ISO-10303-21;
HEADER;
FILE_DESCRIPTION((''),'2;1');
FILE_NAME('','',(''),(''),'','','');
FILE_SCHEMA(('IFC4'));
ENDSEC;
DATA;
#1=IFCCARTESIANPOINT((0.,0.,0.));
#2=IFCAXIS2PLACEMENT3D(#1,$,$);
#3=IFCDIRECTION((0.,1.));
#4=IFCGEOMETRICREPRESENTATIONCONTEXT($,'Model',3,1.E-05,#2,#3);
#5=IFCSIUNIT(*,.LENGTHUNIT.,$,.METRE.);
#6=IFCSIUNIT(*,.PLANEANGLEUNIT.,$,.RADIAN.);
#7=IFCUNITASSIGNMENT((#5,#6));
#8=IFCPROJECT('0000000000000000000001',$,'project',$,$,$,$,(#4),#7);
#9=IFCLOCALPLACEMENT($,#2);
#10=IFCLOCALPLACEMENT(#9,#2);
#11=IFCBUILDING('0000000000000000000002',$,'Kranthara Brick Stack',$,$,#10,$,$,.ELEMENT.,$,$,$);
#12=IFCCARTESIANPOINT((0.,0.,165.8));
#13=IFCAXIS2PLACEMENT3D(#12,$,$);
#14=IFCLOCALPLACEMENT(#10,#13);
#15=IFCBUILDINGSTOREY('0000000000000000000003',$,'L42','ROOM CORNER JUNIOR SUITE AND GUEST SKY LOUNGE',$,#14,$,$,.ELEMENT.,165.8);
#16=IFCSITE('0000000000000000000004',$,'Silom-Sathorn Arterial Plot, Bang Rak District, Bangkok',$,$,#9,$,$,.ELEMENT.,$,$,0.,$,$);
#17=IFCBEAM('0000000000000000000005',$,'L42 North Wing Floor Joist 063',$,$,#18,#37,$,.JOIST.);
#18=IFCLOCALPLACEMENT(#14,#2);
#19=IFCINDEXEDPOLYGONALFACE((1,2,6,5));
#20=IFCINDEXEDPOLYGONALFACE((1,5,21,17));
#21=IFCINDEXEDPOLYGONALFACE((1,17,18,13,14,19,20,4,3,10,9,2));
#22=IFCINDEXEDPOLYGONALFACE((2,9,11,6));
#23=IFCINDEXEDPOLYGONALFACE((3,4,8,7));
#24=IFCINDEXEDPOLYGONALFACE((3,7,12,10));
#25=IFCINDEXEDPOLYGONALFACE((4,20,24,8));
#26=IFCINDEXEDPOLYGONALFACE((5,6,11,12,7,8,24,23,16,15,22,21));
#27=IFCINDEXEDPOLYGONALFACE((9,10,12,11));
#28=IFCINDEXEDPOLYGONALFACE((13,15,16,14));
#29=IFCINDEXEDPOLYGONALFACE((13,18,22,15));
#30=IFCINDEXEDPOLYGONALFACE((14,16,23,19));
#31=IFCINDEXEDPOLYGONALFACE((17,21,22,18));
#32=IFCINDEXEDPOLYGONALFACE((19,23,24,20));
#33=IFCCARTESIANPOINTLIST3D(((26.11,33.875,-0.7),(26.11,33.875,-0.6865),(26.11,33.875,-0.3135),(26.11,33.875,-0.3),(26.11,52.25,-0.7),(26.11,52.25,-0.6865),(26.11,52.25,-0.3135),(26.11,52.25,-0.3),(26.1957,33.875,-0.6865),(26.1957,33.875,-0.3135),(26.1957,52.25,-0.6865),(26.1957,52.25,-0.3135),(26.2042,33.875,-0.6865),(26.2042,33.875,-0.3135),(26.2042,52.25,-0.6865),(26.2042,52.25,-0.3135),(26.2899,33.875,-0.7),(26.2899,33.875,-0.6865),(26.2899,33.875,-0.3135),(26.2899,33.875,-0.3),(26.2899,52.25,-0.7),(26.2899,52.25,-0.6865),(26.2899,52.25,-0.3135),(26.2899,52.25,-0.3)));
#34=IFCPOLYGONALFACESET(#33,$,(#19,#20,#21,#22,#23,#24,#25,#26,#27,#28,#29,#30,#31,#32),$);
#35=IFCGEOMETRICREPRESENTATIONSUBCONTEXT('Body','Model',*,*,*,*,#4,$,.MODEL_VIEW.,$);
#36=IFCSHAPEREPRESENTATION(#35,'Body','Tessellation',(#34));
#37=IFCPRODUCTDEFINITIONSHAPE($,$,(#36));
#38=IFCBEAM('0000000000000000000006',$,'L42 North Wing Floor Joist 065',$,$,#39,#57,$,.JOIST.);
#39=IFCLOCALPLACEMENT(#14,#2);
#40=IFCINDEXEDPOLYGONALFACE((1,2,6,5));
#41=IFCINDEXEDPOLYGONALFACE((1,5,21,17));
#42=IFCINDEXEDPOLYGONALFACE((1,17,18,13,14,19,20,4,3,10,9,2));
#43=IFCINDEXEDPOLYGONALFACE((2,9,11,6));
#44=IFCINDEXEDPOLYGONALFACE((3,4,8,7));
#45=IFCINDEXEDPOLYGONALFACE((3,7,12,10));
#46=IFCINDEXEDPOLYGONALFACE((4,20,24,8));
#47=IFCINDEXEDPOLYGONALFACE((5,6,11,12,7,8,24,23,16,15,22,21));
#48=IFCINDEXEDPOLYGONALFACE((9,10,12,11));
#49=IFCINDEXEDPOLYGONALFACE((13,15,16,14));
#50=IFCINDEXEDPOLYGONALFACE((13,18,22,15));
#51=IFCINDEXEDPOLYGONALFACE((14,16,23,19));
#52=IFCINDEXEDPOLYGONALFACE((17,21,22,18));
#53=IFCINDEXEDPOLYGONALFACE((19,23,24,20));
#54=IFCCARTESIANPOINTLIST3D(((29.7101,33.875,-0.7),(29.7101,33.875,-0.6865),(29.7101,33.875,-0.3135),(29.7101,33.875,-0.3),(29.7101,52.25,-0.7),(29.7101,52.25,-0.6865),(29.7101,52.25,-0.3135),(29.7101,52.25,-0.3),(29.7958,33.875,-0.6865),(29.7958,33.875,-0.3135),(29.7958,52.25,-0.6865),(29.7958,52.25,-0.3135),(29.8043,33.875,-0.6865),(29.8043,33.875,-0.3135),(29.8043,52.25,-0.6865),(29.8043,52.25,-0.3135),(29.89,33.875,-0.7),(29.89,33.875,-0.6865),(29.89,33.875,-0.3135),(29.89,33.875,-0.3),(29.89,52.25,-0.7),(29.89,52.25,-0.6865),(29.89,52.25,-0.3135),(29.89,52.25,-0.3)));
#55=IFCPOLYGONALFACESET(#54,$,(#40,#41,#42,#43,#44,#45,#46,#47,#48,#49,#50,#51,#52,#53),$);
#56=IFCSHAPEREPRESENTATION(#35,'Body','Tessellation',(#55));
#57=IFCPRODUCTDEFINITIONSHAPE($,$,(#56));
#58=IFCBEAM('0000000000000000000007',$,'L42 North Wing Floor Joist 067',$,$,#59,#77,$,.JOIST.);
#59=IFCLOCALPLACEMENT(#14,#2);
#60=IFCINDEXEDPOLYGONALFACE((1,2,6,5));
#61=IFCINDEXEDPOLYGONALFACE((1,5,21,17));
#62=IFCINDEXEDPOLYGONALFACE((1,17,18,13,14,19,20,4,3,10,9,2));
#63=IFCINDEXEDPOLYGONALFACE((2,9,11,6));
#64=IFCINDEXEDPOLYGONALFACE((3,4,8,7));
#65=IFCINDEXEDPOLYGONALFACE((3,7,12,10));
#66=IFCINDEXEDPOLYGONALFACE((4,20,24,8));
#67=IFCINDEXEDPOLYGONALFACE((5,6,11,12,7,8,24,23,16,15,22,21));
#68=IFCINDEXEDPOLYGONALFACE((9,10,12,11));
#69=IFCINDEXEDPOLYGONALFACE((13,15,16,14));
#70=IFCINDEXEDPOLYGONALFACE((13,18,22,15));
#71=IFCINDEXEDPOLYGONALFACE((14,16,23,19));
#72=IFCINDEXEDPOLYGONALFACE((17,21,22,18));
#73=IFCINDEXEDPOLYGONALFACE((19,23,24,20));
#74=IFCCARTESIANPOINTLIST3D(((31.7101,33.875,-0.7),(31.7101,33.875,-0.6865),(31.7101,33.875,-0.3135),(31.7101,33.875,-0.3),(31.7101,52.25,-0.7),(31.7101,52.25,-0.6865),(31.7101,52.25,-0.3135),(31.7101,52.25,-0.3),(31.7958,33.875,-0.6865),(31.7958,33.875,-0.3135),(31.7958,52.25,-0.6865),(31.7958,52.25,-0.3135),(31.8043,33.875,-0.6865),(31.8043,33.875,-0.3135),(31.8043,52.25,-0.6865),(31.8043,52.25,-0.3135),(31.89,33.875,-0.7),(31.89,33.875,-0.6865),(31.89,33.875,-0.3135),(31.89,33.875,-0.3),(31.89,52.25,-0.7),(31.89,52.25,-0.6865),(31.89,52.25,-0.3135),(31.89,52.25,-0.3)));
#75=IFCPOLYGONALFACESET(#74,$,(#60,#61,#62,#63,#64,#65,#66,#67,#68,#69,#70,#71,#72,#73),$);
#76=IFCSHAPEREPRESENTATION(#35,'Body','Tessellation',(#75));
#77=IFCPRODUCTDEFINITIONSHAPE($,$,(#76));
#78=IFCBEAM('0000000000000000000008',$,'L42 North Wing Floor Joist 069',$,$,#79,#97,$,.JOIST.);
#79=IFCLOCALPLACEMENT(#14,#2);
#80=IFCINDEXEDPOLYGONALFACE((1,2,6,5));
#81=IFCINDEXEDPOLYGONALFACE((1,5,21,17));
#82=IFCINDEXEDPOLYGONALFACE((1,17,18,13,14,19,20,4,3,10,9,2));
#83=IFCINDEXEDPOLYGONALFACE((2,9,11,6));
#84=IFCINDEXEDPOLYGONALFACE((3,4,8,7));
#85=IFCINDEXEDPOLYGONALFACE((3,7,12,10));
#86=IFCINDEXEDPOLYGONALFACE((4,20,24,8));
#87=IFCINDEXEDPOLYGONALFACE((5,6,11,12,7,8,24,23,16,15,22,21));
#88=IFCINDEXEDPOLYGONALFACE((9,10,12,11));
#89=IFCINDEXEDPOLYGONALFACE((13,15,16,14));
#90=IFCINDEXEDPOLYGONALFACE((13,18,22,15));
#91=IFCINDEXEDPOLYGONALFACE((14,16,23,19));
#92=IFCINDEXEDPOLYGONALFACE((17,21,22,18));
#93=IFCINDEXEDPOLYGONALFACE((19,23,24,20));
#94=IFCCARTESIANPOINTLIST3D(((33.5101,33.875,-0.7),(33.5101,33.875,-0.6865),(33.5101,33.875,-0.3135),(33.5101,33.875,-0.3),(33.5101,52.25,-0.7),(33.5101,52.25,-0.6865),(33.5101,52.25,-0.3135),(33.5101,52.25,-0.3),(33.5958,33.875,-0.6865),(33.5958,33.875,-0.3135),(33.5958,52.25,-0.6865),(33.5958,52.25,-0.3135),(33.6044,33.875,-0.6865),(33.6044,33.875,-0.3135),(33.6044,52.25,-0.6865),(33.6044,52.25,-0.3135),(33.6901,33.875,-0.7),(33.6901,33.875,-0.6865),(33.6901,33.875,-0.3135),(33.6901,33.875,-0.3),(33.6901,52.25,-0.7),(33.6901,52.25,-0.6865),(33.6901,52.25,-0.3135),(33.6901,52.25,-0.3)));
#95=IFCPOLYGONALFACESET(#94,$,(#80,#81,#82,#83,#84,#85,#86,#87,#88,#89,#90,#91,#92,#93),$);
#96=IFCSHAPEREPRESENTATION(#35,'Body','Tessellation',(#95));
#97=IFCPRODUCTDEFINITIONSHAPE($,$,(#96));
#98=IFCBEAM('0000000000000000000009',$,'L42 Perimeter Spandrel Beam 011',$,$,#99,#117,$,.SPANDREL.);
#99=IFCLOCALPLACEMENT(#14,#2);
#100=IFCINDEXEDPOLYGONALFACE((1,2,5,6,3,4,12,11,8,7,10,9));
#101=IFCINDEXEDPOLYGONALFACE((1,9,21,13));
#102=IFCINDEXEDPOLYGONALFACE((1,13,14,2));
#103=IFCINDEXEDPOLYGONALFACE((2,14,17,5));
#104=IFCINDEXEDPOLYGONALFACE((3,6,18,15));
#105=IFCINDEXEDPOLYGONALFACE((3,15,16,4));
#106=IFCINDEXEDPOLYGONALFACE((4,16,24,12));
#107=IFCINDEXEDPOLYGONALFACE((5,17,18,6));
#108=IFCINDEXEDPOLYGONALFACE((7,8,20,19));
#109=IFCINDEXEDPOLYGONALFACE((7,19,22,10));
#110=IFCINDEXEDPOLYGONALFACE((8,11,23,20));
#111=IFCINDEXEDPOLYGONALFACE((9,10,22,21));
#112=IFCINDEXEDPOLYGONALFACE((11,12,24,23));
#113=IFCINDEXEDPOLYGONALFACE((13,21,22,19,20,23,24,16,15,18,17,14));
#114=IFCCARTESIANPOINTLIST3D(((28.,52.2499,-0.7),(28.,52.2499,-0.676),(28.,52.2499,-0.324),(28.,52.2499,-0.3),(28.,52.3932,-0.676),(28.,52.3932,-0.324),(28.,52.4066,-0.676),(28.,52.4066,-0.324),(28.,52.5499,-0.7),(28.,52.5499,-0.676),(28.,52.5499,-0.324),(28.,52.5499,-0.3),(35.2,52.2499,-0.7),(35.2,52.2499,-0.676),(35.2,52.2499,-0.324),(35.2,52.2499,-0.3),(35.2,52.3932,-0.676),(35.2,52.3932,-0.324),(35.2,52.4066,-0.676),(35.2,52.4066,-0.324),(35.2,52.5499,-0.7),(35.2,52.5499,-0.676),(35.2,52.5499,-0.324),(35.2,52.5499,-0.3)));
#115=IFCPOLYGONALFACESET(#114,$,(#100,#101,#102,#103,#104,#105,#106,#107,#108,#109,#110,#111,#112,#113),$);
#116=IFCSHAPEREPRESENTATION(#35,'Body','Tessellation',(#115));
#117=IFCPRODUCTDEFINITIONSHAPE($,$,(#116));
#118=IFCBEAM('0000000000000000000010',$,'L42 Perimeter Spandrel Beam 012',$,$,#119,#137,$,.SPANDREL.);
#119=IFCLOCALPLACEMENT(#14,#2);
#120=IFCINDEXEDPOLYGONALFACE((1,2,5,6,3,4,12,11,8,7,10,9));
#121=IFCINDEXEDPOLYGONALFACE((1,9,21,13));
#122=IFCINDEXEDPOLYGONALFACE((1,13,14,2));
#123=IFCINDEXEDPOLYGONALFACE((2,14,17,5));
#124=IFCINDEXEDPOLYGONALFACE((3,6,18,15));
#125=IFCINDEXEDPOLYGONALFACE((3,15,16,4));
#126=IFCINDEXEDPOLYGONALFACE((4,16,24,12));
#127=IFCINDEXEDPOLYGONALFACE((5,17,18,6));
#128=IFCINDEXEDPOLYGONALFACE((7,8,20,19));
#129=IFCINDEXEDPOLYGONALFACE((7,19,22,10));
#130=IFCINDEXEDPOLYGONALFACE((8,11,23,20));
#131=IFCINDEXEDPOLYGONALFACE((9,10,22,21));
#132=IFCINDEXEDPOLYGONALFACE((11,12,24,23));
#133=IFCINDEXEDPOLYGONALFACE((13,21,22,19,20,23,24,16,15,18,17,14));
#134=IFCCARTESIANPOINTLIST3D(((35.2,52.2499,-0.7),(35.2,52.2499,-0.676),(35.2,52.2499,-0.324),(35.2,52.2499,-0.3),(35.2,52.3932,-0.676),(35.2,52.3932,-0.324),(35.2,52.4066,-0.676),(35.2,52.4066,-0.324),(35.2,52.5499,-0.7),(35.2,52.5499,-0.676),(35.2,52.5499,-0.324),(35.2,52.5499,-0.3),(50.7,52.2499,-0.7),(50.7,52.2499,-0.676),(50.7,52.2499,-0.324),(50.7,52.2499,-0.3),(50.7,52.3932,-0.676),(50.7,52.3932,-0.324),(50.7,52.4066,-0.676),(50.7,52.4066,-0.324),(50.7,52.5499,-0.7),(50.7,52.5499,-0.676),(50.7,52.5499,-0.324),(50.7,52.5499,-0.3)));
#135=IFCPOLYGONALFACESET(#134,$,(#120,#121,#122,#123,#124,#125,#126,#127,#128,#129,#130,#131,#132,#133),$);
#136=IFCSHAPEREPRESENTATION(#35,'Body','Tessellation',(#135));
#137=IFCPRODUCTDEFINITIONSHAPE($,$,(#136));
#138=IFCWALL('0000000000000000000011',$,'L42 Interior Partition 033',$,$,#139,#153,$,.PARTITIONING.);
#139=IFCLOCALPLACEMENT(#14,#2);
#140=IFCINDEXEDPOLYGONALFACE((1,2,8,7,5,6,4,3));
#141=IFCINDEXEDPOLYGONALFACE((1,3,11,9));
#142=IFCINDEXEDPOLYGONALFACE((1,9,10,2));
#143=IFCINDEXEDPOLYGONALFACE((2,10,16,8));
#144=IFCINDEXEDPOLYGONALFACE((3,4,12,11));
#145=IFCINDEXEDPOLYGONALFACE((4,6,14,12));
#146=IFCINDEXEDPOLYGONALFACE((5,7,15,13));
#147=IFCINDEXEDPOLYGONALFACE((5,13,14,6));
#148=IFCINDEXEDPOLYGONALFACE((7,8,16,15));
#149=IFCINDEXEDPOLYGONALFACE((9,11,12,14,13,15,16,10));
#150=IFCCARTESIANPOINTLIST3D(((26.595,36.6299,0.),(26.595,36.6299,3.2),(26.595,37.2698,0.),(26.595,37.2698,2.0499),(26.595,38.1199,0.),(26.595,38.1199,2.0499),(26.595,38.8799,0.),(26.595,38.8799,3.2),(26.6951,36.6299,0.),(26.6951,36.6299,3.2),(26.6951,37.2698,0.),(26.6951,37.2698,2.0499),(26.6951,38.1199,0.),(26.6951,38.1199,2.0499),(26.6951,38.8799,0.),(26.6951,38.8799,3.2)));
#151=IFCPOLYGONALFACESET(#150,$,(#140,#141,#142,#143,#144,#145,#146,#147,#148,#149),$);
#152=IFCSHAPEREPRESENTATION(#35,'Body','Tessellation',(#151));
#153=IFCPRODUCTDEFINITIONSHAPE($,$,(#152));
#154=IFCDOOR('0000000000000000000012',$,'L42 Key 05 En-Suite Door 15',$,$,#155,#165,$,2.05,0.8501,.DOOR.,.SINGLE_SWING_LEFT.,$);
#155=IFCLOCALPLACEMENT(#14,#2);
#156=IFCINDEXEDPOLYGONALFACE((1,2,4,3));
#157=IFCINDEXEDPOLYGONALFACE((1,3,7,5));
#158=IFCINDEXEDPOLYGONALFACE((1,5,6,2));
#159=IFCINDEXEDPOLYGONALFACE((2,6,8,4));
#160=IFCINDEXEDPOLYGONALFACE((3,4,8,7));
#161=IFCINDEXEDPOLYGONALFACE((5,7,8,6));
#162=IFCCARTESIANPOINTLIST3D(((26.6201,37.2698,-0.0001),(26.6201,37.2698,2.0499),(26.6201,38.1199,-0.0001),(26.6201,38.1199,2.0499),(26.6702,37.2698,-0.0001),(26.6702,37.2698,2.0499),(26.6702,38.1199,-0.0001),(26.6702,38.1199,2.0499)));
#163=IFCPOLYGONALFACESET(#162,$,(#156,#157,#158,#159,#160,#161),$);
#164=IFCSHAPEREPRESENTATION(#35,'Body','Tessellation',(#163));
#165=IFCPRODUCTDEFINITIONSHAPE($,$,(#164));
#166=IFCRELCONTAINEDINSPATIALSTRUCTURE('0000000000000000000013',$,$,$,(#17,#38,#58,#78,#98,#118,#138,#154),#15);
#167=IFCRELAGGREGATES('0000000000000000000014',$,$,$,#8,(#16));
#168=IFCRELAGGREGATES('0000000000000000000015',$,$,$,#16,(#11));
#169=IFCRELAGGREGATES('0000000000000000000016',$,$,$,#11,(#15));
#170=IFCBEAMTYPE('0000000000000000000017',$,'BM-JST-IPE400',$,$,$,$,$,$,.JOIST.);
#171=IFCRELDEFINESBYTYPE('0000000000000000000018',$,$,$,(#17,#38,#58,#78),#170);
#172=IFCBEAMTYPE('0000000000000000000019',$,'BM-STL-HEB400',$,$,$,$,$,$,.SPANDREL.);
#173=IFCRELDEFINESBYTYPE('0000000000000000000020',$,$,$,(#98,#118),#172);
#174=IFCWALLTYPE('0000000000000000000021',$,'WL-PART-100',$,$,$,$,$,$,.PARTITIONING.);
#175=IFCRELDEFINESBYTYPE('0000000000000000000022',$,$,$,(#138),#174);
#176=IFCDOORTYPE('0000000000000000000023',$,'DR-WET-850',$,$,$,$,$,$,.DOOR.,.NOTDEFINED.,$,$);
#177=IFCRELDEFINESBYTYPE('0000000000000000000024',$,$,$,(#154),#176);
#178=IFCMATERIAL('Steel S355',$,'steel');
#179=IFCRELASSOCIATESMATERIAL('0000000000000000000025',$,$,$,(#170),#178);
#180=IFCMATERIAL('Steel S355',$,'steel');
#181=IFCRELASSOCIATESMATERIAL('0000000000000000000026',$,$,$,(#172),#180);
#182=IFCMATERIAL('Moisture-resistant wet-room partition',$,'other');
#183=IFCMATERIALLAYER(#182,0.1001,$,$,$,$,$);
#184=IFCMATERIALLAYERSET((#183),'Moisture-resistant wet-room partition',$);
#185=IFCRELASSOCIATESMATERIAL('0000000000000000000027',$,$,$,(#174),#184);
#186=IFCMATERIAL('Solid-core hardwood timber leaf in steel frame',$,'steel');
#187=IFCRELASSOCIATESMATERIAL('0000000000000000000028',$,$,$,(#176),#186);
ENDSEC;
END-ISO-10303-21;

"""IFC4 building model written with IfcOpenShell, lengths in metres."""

from ifc_helpers import new_model, si_unit, direction, frame, frame_2d, origin, origin_2d, place, context, subcontext, project, spatial, rectangle, i_section, extrude, material, layer, layer_set, material_profile, profile_set, type_object, element, fill, save


model = new_model("IFC4")

# Units and contexts
model_context = context("Model", 3, precision=1e-05, world=origin(), true_north=direction((0.0, 1.0)))
body_context = subcontext(model_context, "Body", "Model", "MODEL_VIEW")
ifc_project = project(units=[si_unit("LENGTHUNIT", "METRE"), si_unit("PLANEANGLEUNIT", "RADIAN")], contexts=[model_context])

# Site, building, storey
site_placement = place(None, origin())
site = spatial("IfcSite", under=ifc_project, at=site_placement, Name="Silom-Sathorn Arterial Plot, Bang Rak District, Bangkok", CompositionType="ELEMENT", RefElevation=0.0)
building_placement = place(site_placement, origin())
building = spatial("IfcBuilding", under=site, at=building_placement, Name="Kranthara Brick Stack", CompositionType="ELEMENT")
storey_placement = place(building_placement, frame((0.0, 0.0, 165.8)))
storey = spatial("IfcBuildingStorey", under=building, at=storey_placement, Name="L42", Description="ROOM CORNER JUNIOR SUITE AND GUEST SKY LOUNGE", CompositionType="ELEMENT", Elevation=165.8)

# Beams
ifc_material_1 = material(Name="Steel S355", Category="steel")
ifc_material_profile_1 = material_profile(ifc_material_1, i_section(OverallWidth=0.1799, OverallDepth=0.3999, WebThickness=0.0085, FlangeThickness=0.0134, at=origin_2d()), Name="IPE 400")
ifc_profile_set_1 = profile_set([ifc_material_profile_1], Name="Steel S355")
beam_type_1 = type_object("IfcBeamType", Name="BM-JST-IPE400", PredefinedType="JOIST", material=ifc_profile_set_1)
for number, where, z_axis, x_axis, name in (
    (1, (26.2, 33.875, -0.5), (0.0, 1.0, 0.0), (-1.0, 0.0, 0.0), "L42 North Wing Floor Joist 063"),
    (2, (29.8, 33.875, -0.5), (0.0, 1.0, 0.0), (-1.0, 0.0, 0.0), "L42 North Wing Floor Joist 065"),
    (3, (31.8, 33.875, -0.5), (0.0, 1.0, 0.0), (-1.0, 0.0, 0.0), "L42 North Wing Floor Joist 067"),
    (4, (33.6001, 33.875, -0.5), (0.0, 1.0, 0.0), (-1.0, 0.0, 0.0), "L42 North Wing Floor Joist 069"),
):
    element("IfcBeam", number, at=place(storey_placement, frame(where, z_axis=z_axis, x_axis=x_axis)), inside=storey, type_object=beam_type_1, Name=name, PredefinedType="JOIST", context=body_context, shape_type="SweptSolid", body=[
        extrude(i_section(OverallWidth=0.1799, OverallDepth=0.3999, WebThickness=0.0085, FlangeThickness=0.0134, at=origin_2d()), origin(), (0.0, 0.0, 1.0), 18.375),
    ])
ifc_material_2 = material(Name="Steel S355", Category="steel")
ifc_material_profile_2 = material_profile(ifc_material_2, i_section(OverallWidth=0.3, OverallDepth=0.3999, WebThickness=0.0134, FlangeThickness=0.0239, at=origin_2d()), Name="HEB 400")
ifc_profile_set_2 = profile_set([ifc_material_profile_2], Name="Steel S355")
beam_type_2 = type_object("IfcBeamType", Name="BM-STL-HEB400", PredefinedType="SPANDREL", material=ifc_profile_set_2)
beam_1_placement = place(storey_placement, frame((28.0, 52.3999, -0.5), z_axis=(1.0, 0.0, 0.0), x_axis=(0.0, 1.0, 0.0)))
element("IfcBeam", 5, at=beam_1_placement, inside=storey, type_object=beam_type_2, Name="L42 Perimeter Spandrel Beam 011", PredefinedType="SPANDREL", context=body_context, shape_type="SweptSolid", body=[
    extrude(i_section(OverallWidth=0.3, OverallDepth=0.3999, WebThickness=0.0134, FlangeThickness=0.0239, at=origin_2d()), origin(), (0.0, 0.0, 1.0), 7.2),
])
beam_2_placement = place(storey_placement, frame((35.2, 52.3999, -0.5), z_axis=(1.0, 0.0, 0.0), x_axis=(0.0, 1.0, 0.0)))
element("IfcBeam", 6, at=beam_2_placement, inside=storey, type_object=beam_type_2, Name="L42 Perimeter Spandrel Beam 012", PredefinedType="SPANDREL", context=body_context, shape_type="SweptSolid", body=[
    extrude(i_section(OverallWidth=0.3, OverallDepth=0.3999, WebThickness=0.0134, FlangeThickness=0.0239, at=origin_2d()), origin(), (0.0, 0.0, 1.0), 15.5),
])

# Wall, opening, door
ifc_material_3 = material(Name="Moisture-resistant wet-room partition", Category="other")
ifc_layer_1 = layer(ifc_material_3, 0.1001)
ifc_layer_set_1 = layer_set([ifc_layer_1], Name="Moisture-resistant wet-room partition")
wall_type_1 = type_object("IfcWallType", Name="WL-PART-100", PredefinedType="PARTITIONING", material=ifc_layer_set_1)
wall_1_placement = place(storey_placement, frame((26.645, 36.6299, 0.0), z_axis=(0.0, 0.0, 1.0), x_axis=(0.0, 1.0, 0.0)))
wall_1 = element("IfcWall", 7, at=wall_1_placement, inside=storey, type_object=wall_type_1, Name="L42 Interior Partition 033", PredefinedType="PARTITIONING", context=body_context, shape_type="SweptSolid", body=[
    extrude(rectangle(XDim=2.25, YDim=0.1001, at=frame_2d((1.125, 0.0))), origin(), (0.0, 0.0, 1.0), 3.2),
])
opening_1_placement = place(wall_1_placement, frame((0.6399, 0.0, 0.0)))
opening_1 = element("IfcOpeningElement", 8, at=opening_1_placement, cuts=wall_1, PredefinedType="OPENING", context=body_context, shape_type="SweptSolid", body=[
    extrude(rectangle(XDim=0.8501, YDim=2.05, at=frame_2d((0.425, 1.0249))), frame((0.0, 0.0601, 0.0), z_axis=(0.0, -1.0, 0.0), x_axis=(1.0, 0.0, 0.0)), (0.0, 0.0, 1.0), 0.1201),
])
ifc_material_4 = material(Name="Solid-core hardwood timber leaf in steel frame", Category="steel")
door_type_1 = type_object("IfcDoorType", Name="DR-WET-850", OperationType="NOTDEFINED", PredefinedType="DOOR", material=ifc_material_4)
door_1_placement = place(opening_1_placement, origin())
door_1 = element("IfcDoor", 9, at=door_1_placement, inside=storey, type_object=door_type_1, Name="L42 Key 05 En-Suite Door 15", OperationType="SINGLE_SWING_LEFT", OverallHeight=2.05, OverallWidth=0.8501, PredefinedType="DOOR", context=body_context, shape_type="SweptSolid", body=[
    extrude(rectangle(XDim=0.8501, YDim=2.05, at=frame_2d((0.425, 1.0249))), frame((0.0, 0.0249, 0.0), z_axis=(0.0, -1.0, 0.0), x_axis=(1.0, 0.0, 0.0)), (0.0, 0.0, 1.0), 0.05),
])
fill(opening_1, door_1)

save(model, "model.ifc")
